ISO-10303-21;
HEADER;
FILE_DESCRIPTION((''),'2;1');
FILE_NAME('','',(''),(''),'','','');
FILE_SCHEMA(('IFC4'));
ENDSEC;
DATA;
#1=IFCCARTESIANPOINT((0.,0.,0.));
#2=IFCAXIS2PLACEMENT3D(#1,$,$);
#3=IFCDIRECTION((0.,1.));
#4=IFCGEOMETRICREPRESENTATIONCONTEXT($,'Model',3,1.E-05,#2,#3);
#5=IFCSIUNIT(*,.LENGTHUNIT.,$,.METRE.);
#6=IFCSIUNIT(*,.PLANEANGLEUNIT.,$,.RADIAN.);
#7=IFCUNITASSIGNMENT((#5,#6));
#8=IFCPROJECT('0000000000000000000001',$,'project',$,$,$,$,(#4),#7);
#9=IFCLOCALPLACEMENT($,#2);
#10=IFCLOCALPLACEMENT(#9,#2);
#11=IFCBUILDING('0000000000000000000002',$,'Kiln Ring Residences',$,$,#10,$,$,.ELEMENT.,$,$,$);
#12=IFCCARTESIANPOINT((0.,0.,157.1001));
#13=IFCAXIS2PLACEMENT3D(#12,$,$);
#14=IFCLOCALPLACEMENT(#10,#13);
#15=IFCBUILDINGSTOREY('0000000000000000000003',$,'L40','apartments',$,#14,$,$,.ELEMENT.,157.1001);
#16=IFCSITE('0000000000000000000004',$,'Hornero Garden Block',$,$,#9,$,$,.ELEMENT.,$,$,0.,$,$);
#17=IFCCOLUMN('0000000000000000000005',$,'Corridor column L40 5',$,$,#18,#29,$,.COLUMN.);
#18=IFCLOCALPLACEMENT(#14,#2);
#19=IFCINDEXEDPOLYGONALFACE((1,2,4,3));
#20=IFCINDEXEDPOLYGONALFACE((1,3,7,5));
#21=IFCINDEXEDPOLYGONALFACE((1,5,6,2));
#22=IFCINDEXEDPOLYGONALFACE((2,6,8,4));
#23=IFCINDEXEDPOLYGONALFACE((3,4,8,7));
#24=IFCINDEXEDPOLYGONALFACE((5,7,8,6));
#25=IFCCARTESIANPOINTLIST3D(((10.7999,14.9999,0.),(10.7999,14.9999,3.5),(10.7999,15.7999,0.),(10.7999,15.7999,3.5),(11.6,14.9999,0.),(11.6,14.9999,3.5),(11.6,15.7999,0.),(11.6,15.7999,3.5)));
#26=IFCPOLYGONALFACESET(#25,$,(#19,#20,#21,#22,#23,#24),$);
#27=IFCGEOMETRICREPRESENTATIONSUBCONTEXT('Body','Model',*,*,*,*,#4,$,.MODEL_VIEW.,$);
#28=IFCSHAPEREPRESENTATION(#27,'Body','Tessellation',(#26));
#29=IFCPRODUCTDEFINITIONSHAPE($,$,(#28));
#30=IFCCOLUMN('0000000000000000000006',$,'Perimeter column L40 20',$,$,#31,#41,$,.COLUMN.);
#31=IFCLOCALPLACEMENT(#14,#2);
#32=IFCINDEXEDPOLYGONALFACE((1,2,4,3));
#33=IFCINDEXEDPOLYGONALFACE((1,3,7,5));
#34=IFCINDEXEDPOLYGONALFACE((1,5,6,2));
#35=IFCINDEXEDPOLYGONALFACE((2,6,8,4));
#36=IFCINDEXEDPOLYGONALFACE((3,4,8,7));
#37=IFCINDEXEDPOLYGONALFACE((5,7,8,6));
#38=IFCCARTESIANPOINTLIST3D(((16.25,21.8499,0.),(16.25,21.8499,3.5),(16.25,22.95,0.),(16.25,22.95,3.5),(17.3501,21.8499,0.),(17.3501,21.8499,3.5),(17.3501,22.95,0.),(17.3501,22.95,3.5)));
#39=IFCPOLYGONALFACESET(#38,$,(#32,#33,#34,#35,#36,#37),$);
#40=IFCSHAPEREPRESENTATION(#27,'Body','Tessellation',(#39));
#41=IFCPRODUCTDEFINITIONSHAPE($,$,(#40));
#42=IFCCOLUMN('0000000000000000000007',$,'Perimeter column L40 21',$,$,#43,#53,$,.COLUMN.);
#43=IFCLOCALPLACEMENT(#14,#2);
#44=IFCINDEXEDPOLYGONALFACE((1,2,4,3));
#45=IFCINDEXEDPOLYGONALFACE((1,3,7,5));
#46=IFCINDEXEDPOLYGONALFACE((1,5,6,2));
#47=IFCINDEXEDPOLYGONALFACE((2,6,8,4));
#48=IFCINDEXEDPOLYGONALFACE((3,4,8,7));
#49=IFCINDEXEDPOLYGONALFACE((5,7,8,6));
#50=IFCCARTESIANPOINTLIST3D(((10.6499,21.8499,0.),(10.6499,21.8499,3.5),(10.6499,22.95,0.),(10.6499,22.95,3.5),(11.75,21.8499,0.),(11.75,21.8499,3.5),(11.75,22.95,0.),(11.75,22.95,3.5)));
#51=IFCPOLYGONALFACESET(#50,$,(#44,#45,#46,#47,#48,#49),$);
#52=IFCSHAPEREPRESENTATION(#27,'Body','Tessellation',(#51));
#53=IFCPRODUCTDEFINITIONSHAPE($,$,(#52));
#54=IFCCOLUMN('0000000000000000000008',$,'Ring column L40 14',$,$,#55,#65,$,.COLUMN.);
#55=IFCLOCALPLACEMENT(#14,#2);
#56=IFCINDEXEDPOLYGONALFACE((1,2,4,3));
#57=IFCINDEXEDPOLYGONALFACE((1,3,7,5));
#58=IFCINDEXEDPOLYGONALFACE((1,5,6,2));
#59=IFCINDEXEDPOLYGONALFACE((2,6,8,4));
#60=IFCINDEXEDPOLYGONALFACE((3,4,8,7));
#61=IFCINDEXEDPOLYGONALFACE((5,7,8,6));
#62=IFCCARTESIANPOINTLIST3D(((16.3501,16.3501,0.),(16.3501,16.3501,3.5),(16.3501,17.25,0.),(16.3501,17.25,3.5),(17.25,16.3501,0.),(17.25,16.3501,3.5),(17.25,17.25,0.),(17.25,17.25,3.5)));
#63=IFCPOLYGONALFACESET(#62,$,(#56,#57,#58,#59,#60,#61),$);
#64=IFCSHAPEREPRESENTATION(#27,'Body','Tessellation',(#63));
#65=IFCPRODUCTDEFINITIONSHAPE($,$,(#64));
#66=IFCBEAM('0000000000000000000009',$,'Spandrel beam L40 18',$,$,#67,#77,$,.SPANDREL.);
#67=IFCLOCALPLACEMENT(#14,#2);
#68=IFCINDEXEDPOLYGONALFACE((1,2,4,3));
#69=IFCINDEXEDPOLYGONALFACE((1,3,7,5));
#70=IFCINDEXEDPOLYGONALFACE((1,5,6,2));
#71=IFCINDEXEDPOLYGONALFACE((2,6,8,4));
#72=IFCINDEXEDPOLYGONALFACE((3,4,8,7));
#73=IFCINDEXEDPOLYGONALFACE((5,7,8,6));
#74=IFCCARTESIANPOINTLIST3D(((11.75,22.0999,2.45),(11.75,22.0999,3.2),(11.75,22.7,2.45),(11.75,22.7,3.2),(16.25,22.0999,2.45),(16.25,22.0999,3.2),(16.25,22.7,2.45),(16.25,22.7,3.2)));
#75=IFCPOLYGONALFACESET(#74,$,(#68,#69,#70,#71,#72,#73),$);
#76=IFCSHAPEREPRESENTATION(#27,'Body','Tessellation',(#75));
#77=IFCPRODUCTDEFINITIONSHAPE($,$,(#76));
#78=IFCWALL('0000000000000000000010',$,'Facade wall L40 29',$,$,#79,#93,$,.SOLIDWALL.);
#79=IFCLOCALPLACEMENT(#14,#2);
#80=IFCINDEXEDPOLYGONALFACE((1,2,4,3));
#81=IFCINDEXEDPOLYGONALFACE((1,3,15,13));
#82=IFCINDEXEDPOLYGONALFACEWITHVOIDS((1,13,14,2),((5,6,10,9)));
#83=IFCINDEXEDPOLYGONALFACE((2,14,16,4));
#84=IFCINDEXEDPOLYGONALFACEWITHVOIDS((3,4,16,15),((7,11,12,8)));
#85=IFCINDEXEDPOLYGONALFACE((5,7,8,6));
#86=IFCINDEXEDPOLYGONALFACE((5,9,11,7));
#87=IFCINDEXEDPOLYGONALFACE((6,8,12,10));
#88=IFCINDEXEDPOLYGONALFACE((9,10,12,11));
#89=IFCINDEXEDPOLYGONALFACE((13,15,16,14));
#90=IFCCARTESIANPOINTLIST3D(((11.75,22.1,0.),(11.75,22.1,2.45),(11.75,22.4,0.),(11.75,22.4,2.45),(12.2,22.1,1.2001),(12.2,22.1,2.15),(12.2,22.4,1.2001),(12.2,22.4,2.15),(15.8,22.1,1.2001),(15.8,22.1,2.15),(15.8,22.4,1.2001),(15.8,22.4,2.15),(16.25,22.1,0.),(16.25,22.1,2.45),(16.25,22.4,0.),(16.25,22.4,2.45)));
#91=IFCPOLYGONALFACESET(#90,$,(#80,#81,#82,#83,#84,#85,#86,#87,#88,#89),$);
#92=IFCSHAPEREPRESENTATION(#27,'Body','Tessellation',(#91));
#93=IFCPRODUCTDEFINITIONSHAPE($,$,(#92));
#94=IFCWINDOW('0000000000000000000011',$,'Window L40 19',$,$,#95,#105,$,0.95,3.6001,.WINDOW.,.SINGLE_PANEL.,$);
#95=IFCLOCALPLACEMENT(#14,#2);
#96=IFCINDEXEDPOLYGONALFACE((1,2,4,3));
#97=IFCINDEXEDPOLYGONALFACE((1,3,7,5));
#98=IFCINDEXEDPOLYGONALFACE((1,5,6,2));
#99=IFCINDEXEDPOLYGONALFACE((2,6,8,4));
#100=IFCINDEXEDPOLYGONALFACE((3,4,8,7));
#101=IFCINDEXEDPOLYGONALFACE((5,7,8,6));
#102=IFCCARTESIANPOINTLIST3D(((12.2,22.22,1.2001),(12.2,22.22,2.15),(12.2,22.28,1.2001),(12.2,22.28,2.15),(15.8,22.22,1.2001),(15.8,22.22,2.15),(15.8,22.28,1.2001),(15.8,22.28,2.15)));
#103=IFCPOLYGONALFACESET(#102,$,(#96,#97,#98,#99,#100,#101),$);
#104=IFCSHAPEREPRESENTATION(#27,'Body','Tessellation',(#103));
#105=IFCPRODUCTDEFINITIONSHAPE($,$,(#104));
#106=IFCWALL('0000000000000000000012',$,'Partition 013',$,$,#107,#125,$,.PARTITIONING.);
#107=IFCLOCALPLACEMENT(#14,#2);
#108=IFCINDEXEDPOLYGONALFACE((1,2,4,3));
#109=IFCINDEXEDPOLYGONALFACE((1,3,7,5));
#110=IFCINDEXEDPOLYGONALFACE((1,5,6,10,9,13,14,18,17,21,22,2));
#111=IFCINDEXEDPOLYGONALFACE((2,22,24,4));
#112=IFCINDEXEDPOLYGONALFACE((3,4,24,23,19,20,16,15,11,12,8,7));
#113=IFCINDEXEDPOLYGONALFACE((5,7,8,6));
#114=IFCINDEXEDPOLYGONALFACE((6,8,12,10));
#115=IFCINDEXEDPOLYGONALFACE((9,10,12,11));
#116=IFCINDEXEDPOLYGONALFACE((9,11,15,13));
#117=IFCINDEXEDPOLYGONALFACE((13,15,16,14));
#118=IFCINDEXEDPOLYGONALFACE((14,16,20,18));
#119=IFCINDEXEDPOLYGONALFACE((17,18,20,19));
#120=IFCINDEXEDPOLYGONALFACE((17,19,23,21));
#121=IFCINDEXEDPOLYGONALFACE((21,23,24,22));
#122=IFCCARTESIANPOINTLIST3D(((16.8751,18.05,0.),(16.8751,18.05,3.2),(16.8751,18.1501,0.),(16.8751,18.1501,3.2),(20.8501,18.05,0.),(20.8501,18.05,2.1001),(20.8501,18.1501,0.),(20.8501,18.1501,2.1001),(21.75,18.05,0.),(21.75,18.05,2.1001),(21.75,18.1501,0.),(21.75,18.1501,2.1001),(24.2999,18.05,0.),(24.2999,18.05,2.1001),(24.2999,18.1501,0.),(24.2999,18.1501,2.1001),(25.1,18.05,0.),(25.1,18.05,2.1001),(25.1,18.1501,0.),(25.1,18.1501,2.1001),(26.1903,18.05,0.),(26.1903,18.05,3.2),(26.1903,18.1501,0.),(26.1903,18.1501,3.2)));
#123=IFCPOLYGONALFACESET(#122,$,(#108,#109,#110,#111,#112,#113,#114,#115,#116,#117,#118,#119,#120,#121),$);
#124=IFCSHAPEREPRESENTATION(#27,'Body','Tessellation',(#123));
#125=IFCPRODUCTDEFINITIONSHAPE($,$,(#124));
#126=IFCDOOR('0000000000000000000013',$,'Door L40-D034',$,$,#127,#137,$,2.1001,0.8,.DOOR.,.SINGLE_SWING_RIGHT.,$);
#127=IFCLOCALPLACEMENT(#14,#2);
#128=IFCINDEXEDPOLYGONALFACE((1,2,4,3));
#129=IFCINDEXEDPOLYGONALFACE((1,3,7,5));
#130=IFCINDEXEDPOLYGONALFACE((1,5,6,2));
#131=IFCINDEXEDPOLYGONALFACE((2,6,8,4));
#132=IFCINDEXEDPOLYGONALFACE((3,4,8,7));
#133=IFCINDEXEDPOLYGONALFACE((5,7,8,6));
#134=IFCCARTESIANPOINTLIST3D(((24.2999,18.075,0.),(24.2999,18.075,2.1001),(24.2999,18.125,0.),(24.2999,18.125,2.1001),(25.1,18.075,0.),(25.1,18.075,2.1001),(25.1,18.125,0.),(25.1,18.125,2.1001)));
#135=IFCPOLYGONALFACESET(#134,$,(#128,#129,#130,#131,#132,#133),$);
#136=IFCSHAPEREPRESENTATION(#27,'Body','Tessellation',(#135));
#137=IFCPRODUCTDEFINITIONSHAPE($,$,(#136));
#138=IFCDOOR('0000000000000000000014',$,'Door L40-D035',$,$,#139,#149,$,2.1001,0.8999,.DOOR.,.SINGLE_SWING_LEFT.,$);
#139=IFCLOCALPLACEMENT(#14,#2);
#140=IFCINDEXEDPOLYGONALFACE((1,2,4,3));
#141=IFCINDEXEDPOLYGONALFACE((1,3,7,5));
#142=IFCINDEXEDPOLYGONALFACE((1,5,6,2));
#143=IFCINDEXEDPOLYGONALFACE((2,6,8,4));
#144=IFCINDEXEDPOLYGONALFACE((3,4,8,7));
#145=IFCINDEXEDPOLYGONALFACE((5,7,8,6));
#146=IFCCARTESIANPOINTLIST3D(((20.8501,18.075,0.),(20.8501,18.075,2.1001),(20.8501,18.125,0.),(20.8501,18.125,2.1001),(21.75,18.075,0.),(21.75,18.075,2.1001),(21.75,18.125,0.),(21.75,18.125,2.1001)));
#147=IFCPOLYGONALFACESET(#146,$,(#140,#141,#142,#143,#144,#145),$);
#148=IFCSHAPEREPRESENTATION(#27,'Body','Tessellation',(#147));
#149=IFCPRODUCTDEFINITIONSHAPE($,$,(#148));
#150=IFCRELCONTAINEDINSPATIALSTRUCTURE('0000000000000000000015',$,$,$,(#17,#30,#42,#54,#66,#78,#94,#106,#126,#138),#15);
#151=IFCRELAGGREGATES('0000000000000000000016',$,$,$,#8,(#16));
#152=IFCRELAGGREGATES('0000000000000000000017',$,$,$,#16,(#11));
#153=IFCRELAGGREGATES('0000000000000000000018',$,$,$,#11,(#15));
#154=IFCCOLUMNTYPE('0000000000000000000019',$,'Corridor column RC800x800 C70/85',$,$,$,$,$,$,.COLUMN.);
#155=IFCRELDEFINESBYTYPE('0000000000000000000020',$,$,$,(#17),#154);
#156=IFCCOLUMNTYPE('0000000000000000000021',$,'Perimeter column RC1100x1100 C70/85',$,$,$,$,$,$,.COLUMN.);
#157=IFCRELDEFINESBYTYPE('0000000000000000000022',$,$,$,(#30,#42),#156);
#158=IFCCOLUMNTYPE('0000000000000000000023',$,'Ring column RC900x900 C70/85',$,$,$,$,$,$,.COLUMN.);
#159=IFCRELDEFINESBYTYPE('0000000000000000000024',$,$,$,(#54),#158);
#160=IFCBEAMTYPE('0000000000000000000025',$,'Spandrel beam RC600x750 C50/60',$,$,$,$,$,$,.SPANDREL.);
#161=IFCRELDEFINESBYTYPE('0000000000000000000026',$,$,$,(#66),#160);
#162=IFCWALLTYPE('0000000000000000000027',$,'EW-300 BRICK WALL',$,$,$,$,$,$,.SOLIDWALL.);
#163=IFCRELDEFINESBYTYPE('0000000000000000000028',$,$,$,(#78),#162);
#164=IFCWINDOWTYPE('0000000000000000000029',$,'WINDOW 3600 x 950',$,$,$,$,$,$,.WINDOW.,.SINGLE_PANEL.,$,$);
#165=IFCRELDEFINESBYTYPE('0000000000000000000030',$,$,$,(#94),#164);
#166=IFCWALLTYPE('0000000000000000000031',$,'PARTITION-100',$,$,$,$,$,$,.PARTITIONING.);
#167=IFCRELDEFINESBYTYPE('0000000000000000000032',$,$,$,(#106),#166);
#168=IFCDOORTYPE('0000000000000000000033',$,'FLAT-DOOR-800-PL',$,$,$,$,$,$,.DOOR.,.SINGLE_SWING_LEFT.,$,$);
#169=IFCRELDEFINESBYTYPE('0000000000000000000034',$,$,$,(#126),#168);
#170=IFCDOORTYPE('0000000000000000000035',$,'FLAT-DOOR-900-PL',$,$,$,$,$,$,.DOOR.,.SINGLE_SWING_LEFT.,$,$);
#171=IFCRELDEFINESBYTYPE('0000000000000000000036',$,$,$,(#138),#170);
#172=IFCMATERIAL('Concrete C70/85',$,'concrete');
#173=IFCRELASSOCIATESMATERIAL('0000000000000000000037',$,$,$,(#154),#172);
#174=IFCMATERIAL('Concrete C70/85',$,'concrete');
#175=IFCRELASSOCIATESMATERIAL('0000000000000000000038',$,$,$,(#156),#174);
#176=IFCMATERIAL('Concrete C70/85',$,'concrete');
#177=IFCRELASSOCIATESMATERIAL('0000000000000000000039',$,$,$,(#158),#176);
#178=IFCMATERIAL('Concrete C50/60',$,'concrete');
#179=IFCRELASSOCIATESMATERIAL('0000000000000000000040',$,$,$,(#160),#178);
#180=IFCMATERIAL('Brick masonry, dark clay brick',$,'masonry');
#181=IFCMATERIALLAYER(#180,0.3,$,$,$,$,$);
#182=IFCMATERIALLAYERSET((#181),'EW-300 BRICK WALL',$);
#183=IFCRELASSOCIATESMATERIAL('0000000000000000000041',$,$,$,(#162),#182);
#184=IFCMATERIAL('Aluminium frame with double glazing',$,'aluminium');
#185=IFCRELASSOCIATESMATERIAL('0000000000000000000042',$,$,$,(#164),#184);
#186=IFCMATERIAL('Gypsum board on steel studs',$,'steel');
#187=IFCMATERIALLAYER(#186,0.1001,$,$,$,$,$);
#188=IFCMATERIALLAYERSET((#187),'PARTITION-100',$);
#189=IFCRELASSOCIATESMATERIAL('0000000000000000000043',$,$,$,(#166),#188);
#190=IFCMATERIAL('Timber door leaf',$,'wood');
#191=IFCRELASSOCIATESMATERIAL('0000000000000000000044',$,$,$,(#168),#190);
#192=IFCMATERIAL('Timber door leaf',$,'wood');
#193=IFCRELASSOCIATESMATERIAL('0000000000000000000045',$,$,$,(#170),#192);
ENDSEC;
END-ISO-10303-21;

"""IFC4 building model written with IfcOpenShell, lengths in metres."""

from ifc_helpers import new_model, si_unit, direction, frame, frame_2d, origin, origin_2d, place, context, subcontext, project, spatial, rectangle, extrude, material, layer, layer_set, material_profile, profile_set, type_object, element, fill, save


model = new_model("IFC4")

# Units and contexts
model_context = context("Model", 3, precision=1e-05, world=origin(), true_north=direction((0.0, 1.0)))
body_context = subcontext(model_context, "Body", "Model", "MODEL_VIEW")
ifc_project = project(units=[si_unit("LENGTHUNIT", "METRE"), si_unit("PLANEANGLEUNIT", "RADIAN")], contexts=[model_context])

# Site, building, storey
site_placement = place(None, origin())
site = spatial("IfcSite", under=ifc_project, at=site_placement, Name="Hornero Garden Block", CompositionType="ELEMENT", RefElevation=0.0)
building_placement = place(site_placement, origin())
building = spatial("IfcBuilding", under=site, at=building_placement, Name="Kiln Ring Residences", CompositionType="ELEMENT")
storey_placement = place(building_placement, frame((0.0, 0.0, 157.1001)))
storey = spatial("IfcBuildingStorey", under=building, at=storey_placement, Name="L40", Description="apartments", CompositionType="ELEMENT", Elevation=157.1001)

# Columns
ifc_material_1 = material(Name="Concrete C70/85", Category="concrete")
ifc_material_profile_1 = material_profile(ifc_material_1, rectangle(XDim=0.8, YDim=0.8, at=origin_2d()), Name="RC800x800")
ifc_profile_set_1 = profile_set([ifc_material_profile_1], Name="Concrete C70/85")
column_type_1 = type_object("IfcColumnType", Name="Corridor column RC800x800 C70/85", PredefinedType="COLUMN", material=ifc_profile_set_1)
column_1_placement = place(storey_placement, frame((11.2, 15.3999, 0.0), z_axis=(0.0, 0.0, 1.0), x_axis=(1.0, 0.0, 0.0)))
element("IfcColumn", 1, at=column_1_placement, inside=storey, type_object=column_type_1, Name="Corridor column L40 5", PredefinedType="COLUMN", context=body_context, shape_type="SweptSolid", body=[
    extrude(rectangle(XDim=0.8, YDim=0.8, at=origin_2d()), origin(), (0.0, 0.0, 1.0), 3.5),
])
ifc_material_2 = material(Name="Concrete C70/85", Category="concrete")
ifc_material_profile_2 = material_profile(ifc_material_2, rectangle(XDim=1.1001, YDim=1.1001, at=origin_2d()), Name="RC1100x1100")
ifc_profile_set_2 = profile_set([ifc_material_profile_2], Name="Concrete C70/85")
column_type_2 = type_object("IfcColumnType", Name="Perimeter column RC1100x1100 C70/85", PredefinedType="COLUMN", material=ifc_profile_set_2)
for number, where, z_axis, x_axis, name in (
    (2, (16.8, 22.3999, 0.0), (0.0, 0.0, 1.0), (1.0, 0.0, 0.0), "Perimeter column L40 20"),
    (3, (11.2, 22.3999, 0.0), (0.0, 0.0, 1.0), (1.0, 0.0, 0.0), "Perimeter column L40 21"),
):
    element("IfcColumn", number, at=place(storey_placement, frame(where, z_axis=z_axis, x_axis=x_axis)), inside=storey, type_object=column_type_2, Name=name, PredefinedType="COLUMN", context=body_context, shape_type="SweptSolid", body=[
        extrude(rectangle(XDim=1.1001, YDim=1.1001, at=origin_2d()), origin(), (0.0, 0.0, 1.0), 3.5),
    ])
ifc_material_3 = material(Name="Concrete C70/85", Category="concrete")
ifc_material_profile_3 = material_profile(ifc_material_3, rectangle(XDim=0.8999, YDim=0.8999, at=origin_2d()), Name="RC900x900")
ifc_profile_set_3 = profile_set([ifc_material_profile_3], Name="Concrete C70/85")
column_type_3 = type_object("IfcColumnType", Name="Ring column RC900x900 C70/85", PredefinedType="COLUMN", material=ifc_profile_set_3)
column_2_placement = place(storey_placement, frame((16.8, 16.8, 0.0), z_axis=(0.0, 0.0, 1.0), x_axis=(1.0, 0.0, 0.0)))
element("IfcColumn", 4, at=column_2_placement, inside=storey, type_object=column_type_3, Name="Ring column L40 14", PredefinedType="COLUMN", context=body_context, shape_type="SweptSolid", body=[
    extrude(rectangle(XDim=0.8999, YDim=0.8999, at=origin_2d()), origin(), (0.0, 0.0, 1.0), 3.5),
])

# Beam
ifc_material_4 = material(Name="Concrete C50/60", Category="concrete")
ifc_material_profile_4 = material_profile(ifc_material_4, rectangle(XDim=0.6001, YDim=0.75, at=origin_2d()), Name="RC600x750")
ifc_profile_set_4 = profile_set([ifc_material_profile_4], Name="Concrete C50/60")
beam_type = type_object("IfcBeamType", Name="Spandrel beam RC600x750 C50/60", PredefinedType="SPANDREL", material=ifc_profile_set_4)
beam_placement = place(storey_placement, frame((16.25, 22.3999, 2.825), z_axis=(-1.0, 0.0, 0.0), x_axis=(0.0, -1.0, 0.0)))
element("IfcBeam", 5, at=beam_placement, inside=storey, type_object=beam_type, Name="Spandrel beam L40 18", PredefinedType="SPANDREL", context=body_context, shape_type="SweptSolid", body=[
    extrude(rectangle(XDim=0.6001, YDim=0.75, at=origin_2d()), origin(), (0.0, 0.0, 1.0), 4.5),
])

# Wall, opening, window
ifc_material_5 = material(Name="Brick masonry, dark clay brick", Category="masonry")
ifc_layer_1 = layer(ifc_material_5, 0.3)
ifc_layer_set_1 = layer_set([ifc_layer_1], Name="EW-300 BRICK WALL")
wall_type_1 = type_object("IfcWallType", Name="EW-300 BRICK WALL", PredefinedType="SOLIDWALL", material=ifc_layer_set_1)
wall_1_placement = place(storey_placement, frame((16.25, 22.25, 0.0), z_axis=(0.0, 0.0, 1.0), x_axis=(-1.0, 0.0, 0.0)))
wall_1 = element("IfcWall", 6, at=wall_1_placement, inside=storey, type_object=wall_type_1, Name="Facade wall L40 29", PredefinedType="SOLIDWALL", context=body_context, shape_type="SweptSolid", body=[
    extrude(rectangle(XDim=4.5, YDim=0.3, at=frame_2d((2.25, 0.0))), origin(), (0.0, 0.0, 1.0), 2.45),
])
opening_1_placement = place(wall_1_placement, frame((0.45, 0.0, 1.2)))
opening_1 = element("IfcOpeningElement", 7, at=opening_1_placement, cuts=wall_1, PredefinedType="OPENING", context=body_context, shape_type="SweptSolid", body=[
    extrude(rectangle(XDim=3.6001, YDim=0.95, at=frame_2d((1.8, 0.4751))), frame((0.0, 0.1599, 0.0), z_axis=(0.0, -1.0, 0.0), x_axis=(1.0, 0.0, 0.0)), (0.0, 0.0, 1.0), 0.3201),
])
ifc_material_6 = material(Name="Aluminium frame with double glazing", Category="aluminium")
window_type = type_object("IfcWindowType", Name="WINDOW 3600 x 950", PartitioningType="SINGLE_PANEL", PredefinedType="WINDOW", material=ifc_material_6)
window_placement = place(opening_1_placement, origin())
window = element("IfcWindow", 8, at=window_placement, inside=storey, type_object=window_type, Name="Window L40 19", OverallHeight=0.95, OverallWidth=3.6001, PartitioningType="SINGLE_PANEL", PredefinedType="WINDOW", context=body_context, shape_type="SweptSolid", body=[
    extrude(rectangle(XDim=3.6001, YDim=0.95, at=frame_2d((1.8, 0.4751))), frame((0.0, 0.03, 0.0), z_axis=(0.0, -1.0, 0.0), x_axis=(1.0, 0.0, 0.0)), (0.0, 0.0, 1.0), 0.0601),
])
fill(opening_1, window)

# Wall, openings, doors
ifc_material_7 = material(Name="Gypsum board on steel studs", Category="steel")
ifc_layer_2 = layer(ifc_material_7, 0.1001)
ifc_layer_set_2 = layer_set([ifc_layer_2], Name="PARTITION-100")
wall_type_2 = type_object("IfcWallType", Name="PARTITION-100", PredefinedType="PARTITIONING", material=ifc_layer_set_2)
wall_2_placement = place(storey_placement, frame((16.875, 18.1001, 0.0), z_axis=(0.0, 0.0, 1.0), x_axis=(1.0, 0.0, 0.0)))
wall_2 = element("IfcWall", 9, at=wall_2_placement, inside=storey, type_object=wall_type_2, Name="Partition 013", PredefinedType="PARTITIONING", context=body_context, shape_type="SweptSolid", body=[
    extrude(rectangle(XDim=9.3152, YDim=0.1001, at=frame_2d((4.6577, 0.0))), origin(), (0.0, 0.0, 1.0), 3.2),
])
opening_2_placement = place(wall_2_placement, frame((7.425, 0.0, 0.0)))
opening_2 = element("IfcOpeningElement", 10, at=opening_2_placement, cuts=wall_2, PredefinedType="OPENING", context=body_context, shape_type="SweptSolid", body=[
    extrude(rectangle(XDim=0.8, YDim=2.1001, at=frame_2d((0.3999, 1.05))), frame((0.0, 0.0601, 0.0), z_axis=(0.0, -1.0, 0.0), x_axis=(1.0, 0.0, 0.0)), (0.0, 0.0, 1.0), 0.1201),
])
opening_3_placement = place(wall_2_placement, frame((3.9751, 0.0, 0.0)))
opening_3 = element("IfcOpeningElement", 11, at=opening_3_placement, cuts=wall_2, PredefinedType="OPENING", context=body_context, shape_type="SweptSolid", body=[
    extrude(rectangle(XDim=0.8999, YDim=2.1001, at=frame_2d((0.45, 1.05))), frame((0.0, 0.0601, 0.0), z_axis=(0.0, -1.0, 0.0), x_axis=(1.0, 0.0, 0.0)), (0.0, 0.0, 1.0), 0.1201),
])
ifc_material_8 = material(Name="Timber door leaf", Category="wood")
door_type_1 = type_object("IfcDoorType", Name="FLAT-DOOR-800-PL", OperationType="SINGLE_SWING_LEFT", PredefinedType="DOOR", material=ifc_material_8)
door_1_placement = place(opening_2_placement, origin())
door_1 = element("IfcDoor", 12, at=door_1_placement, inside=storey, type_object=door_type_1, Name="Door L40-D034", OperationType="SINGLE_SWING_RIGHT", OverallHeight=2.1001, OverallWidth=0.8, PredefinedType="DOOR", context=body_context, shape_type="SweptSolid", body=[
    extrude(rectangle(XDim=0.8, YDim=2.1001, at=frame_2d((0.3999, 1.05))), frame((0.0, 0.0249, 0.0), z_axis=(0.0, -1.0, 0.0), x_axis=(1.0, 0.0, 0.0)), (0.0, 0.0, 1.0), 0.05),
])
fill(opening_2, door_1)
ifc_material_9 = material(Name="Timber door leaf", Category="wood")
door_type_2 = type_object("IfcDoorType", Name="FLAT-DOOR-900-PL", OperationType="SINGLE_SWING_LEFT", PredefinedType="DOOR", material=ifc_material_9)
door_2_placement = place(opening_3_placement, origin())
door_2 = element("IfcDoor", 13, at=door_2_placement, inside=storey, type_object=door_type_2, Name="Door L40-D035", OperationType="SINGLE_SWING_LEFT", OverallHeight=2.1001, OverallWidth=0.8999, PredefinedType="DOOR", context=body_context, shape_type="SweptSolid", body=[
    extrude(rectangle(XDim=0.8999, YDim=2.1001, at=frame_2d((0.45, 1.05))), frame((0.0, 0.0249, 0.0), z_axis=(0.0, -1.0, 0.0), x_axis=(1.0, 0.0, 0.0)), (0.0, 0.0, 1.0), 0.05),
])
fill(opening_3, door_2)

save(model, "model.ifc")
